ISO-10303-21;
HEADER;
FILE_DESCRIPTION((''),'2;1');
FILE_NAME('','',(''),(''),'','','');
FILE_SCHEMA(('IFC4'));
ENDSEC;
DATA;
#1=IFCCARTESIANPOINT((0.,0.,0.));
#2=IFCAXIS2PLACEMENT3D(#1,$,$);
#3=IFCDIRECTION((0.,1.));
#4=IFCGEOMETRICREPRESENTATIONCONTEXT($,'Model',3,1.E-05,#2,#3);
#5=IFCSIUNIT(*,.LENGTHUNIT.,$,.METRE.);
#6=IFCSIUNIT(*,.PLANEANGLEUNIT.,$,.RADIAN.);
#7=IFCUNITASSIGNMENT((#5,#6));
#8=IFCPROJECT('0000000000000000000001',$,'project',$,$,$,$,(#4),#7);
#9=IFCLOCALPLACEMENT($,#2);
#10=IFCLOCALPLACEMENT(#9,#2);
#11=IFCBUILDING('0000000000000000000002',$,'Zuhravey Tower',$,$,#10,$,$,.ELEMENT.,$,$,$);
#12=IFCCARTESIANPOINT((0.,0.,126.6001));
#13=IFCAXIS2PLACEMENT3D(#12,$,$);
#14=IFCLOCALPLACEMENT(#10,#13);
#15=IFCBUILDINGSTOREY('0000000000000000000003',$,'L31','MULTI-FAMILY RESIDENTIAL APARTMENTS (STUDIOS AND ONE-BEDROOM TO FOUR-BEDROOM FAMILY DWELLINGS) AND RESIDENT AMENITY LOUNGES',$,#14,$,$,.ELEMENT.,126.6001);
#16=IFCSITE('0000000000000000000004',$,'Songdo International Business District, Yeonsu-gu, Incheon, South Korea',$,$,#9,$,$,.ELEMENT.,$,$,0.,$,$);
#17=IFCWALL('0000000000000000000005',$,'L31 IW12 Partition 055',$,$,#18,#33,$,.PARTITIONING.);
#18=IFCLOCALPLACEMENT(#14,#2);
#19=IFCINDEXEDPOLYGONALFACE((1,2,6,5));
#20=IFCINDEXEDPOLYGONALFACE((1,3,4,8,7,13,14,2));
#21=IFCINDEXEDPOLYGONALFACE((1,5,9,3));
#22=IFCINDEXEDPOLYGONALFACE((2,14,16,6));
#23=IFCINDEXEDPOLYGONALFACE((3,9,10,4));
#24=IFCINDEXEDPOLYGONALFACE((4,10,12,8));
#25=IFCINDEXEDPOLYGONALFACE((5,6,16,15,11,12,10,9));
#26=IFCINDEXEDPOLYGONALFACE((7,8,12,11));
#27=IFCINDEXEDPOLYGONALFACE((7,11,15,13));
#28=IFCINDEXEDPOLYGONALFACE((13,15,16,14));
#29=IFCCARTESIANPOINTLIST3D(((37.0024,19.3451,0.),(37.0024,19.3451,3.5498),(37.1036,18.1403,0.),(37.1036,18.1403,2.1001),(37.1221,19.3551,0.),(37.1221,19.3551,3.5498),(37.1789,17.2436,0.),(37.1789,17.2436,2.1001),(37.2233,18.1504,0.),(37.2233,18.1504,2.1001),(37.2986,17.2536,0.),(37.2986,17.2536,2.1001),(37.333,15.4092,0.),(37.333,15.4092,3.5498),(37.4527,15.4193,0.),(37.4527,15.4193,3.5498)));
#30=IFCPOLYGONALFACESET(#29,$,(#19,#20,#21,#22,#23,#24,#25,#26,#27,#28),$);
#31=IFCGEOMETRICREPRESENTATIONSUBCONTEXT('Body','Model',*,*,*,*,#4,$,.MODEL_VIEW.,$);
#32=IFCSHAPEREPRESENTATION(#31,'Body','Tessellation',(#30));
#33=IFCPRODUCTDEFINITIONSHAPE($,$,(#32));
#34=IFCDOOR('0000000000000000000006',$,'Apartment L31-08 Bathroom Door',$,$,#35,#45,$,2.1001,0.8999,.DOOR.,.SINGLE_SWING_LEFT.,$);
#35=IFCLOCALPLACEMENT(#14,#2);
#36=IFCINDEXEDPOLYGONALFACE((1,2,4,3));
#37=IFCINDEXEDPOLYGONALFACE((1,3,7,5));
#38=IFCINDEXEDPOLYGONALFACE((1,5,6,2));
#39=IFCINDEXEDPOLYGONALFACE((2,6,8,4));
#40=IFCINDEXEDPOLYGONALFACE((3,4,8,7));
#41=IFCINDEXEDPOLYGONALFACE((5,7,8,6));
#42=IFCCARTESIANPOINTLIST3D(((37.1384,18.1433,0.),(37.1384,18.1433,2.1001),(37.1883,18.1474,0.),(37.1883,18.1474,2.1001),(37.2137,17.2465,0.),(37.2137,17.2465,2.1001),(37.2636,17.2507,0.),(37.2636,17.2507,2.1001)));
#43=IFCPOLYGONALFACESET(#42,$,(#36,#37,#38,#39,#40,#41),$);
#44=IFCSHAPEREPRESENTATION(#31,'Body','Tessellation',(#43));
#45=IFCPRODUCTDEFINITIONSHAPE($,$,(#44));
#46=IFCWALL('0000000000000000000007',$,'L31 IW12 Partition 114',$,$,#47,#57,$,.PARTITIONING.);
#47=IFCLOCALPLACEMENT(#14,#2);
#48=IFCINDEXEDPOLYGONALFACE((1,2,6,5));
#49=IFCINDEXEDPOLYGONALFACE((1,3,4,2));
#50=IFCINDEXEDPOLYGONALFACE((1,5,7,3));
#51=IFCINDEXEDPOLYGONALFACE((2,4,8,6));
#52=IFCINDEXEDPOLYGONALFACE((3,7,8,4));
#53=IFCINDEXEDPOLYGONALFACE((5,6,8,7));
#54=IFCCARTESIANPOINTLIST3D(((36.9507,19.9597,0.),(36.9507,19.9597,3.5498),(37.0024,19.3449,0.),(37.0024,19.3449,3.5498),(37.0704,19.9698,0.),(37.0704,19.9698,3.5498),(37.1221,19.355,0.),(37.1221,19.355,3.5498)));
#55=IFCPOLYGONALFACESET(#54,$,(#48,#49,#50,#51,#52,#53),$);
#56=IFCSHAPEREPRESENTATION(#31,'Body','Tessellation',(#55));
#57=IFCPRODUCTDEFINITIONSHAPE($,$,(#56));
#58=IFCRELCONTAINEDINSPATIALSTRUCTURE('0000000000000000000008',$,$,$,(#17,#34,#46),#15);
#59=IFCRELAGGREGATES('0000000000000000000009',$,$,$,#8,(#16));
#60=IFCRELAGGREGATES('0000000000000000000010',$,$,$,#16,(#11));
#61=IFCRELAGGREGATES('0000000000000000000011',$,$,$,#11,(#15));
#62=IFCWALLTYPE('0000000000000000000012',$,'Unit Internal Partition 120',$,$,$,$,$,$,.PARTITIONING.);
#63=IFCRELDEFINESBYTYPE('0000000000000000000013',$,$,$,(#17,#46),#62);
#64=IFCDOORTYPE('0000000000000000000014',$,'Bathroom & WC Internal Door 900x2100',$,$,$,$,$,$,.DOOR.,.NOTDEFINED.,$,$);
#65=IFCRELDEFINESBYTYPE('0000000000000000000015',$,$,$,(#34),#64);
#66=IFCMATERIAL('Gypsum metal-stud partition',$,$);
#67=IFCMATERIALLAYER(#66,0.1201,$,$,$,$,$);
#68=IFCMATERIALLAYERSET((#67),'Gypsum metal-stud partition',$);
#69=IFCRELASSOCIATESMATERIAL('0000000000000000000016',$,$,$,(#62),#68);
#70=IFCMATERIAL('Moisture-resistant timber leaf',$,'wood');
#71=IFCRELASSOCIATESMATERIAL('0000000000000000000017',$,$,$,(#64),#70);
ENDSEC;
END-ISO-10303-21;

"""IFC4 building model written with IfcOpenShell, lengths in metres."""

from ifc_helpers import new_model, si_unit, direction, frame, frame_2d, origin, place, context, subcontext, project, spatial, rectangle, extrude, material, layer, layer_set, type_object, element, fill, save


model = new_model("IFC4")

# Units and contexts
model_context = context("Model", 3, precision=1e-05, world=origin(), true_north=direction((0.0, 1.0)))
body_context = subcontext(model_context, "Body", "Model", "MODEL_VIEW")
ifc_project = project(units=[si_unit("LENGTHUNIT", "METRE"), si_unit("PLANEANGLEUNIT", "RADIAN")], contexts=[model_context])

# Site, building, storey
site_placement = place(None, origin())
site = spatial("IfcSite", under=ifc_project, at=site_placement, Name="Songdo International Business District, Yeonsu-gu, Incheon, South Korea", CompositionType="ELEMENT", RefElevation=0.0)
building_placement = place(site_placement, origin())
building = spatial("IfcBuilding", under=site, at=building_placement, Name="Zuhravey Tower", CompositionType="ELEMENT")
storey_placement = place(building_placement, frame((0.0, 0.0, 126.6001)))
storey = spatial("IfcBuildingStorey", under=building, at=storey_placement, Name="L31", Description="MULTI-FAMILY RESIDENTIAL APARTMENTS (STUDIOS AND ONE-BEDROOM TO FOUR-BEDROOM FAMILY DWELLINGS) AND RESIDENT AMENITY LOUNGES", CompositionType="ELEMENT", Elevation=126.6001)

# Wall, opening, door
ifc_material_1 = material(Name="Gypsum metal-stud partition")
ifc_layer_1 = layer(ifc_material_1, 0.1201)
ifc_layer_set_1 = layer_set([ifc_layer_1], Name="Gypsum metal-stud partition")
wall_type_1 = type_object("IfcWallType", Name="Unit Internal Partition 120", PredefinedType="PARTITIONING", material=ifc_layer_set_1)
wall_1_placement = place(storey_placement, frame((37.0623, 19.3501, 0.0), z_axis=(0.0, 0.0, 1.0), x_axis=(0.083695, -0.996491, 0.0)))
wall_1 = element("IfcWall", 1, at=wall_1_placement, inside=storey, type_object=wall_type_1, Name="L31 IW12 Partition 055", PredefinedType="PARTITIONING", context=body_context, shape_type="SweptSolid", body=[
    extrude(rectangle(XDim=3.9497, YDim=0.1201, at=frame_2d((1.9749, 0.0))), origin(), (0.0, 0.0, 1.0), 3.5498),
])
opening_1_placement = place(wall_1_placement, frame((1.209, 0.0, 0.0)))
opening_1 = element("IfcOpeningElement", 2, at=opening_1_placement, cuts=wall_1, PredefinedType="OPENING", context=body_context, shape_type="SweptSolid", body=[
    extrude(rectangle(XDim=0.8999, YDim=2.1001, at=frame_2d((0.45, 1.05))), frame((0.0, 0.072, 0.0), z_axis=(0.0, -1.0, 0.0), x_axis=(1.0, 0.0, 0.0)), (0.0, 0.0, 1.0), 0.144),
])
ifc_material_2 = material(Name="Moisture-resistant timber leaf", Category="wood")
door_type_1 = type_object("IfcDoorType", Name="Bathroom & WC Internal Door 900x2100", OperationType="NOTDEFINED", PredefinedType="DOOR", material=ifc_material_2)
door_1_placement = place(opening_1_placement, origin())
door_1 = element("IfcDoor", 3, at=door_1_placement, inside=storey, type_object=door_type_1, Name="Apartment L31-08 Bathroom Door", OperationType="SINGLE_SWING_LEFT", OverallHeight=2.1001, OverallWidth=0.8999, PredefinedType="DOOR", context=body_context, shape_type="SweptSolid", body=[
    extrude(rectangle(XDim=0.8999, YDim=2.1001, at=frame_2d((0.45, 1.05))), frame((0.0, 0.0249, 0.0), z_axis=(0.0, -1.0, 0.0), x_axis=(1.0, 0.0, 0.0)), (0.0, 0.0, 1.0), 0.05),
])
fill(opening_1, door_1)

# Wall
wall_2_placement = place(storey_placement, frame((37.0105, 19.9648, 0.0), z_axis=(0.0, 0.0, 1.0), x_axis=(0.083897, -0.996474, 0.0)))
element("IfcWall", 4, at=wall_2_placement, inside=storey, type_object=wall_type_1, Name="L31 IW12 Partition 114", PredefinedType="PARTITIONING", context=body_context, shape_type="SweptSolid", body=[
    extrude(rectangle(XDim=0.6169, YDim=0.1201, at=frame_2d((0.3086, 0.0))), origin(), (0.0, 0.0, 1.0), 3.5498),
])

save(model, "model.ifc")
